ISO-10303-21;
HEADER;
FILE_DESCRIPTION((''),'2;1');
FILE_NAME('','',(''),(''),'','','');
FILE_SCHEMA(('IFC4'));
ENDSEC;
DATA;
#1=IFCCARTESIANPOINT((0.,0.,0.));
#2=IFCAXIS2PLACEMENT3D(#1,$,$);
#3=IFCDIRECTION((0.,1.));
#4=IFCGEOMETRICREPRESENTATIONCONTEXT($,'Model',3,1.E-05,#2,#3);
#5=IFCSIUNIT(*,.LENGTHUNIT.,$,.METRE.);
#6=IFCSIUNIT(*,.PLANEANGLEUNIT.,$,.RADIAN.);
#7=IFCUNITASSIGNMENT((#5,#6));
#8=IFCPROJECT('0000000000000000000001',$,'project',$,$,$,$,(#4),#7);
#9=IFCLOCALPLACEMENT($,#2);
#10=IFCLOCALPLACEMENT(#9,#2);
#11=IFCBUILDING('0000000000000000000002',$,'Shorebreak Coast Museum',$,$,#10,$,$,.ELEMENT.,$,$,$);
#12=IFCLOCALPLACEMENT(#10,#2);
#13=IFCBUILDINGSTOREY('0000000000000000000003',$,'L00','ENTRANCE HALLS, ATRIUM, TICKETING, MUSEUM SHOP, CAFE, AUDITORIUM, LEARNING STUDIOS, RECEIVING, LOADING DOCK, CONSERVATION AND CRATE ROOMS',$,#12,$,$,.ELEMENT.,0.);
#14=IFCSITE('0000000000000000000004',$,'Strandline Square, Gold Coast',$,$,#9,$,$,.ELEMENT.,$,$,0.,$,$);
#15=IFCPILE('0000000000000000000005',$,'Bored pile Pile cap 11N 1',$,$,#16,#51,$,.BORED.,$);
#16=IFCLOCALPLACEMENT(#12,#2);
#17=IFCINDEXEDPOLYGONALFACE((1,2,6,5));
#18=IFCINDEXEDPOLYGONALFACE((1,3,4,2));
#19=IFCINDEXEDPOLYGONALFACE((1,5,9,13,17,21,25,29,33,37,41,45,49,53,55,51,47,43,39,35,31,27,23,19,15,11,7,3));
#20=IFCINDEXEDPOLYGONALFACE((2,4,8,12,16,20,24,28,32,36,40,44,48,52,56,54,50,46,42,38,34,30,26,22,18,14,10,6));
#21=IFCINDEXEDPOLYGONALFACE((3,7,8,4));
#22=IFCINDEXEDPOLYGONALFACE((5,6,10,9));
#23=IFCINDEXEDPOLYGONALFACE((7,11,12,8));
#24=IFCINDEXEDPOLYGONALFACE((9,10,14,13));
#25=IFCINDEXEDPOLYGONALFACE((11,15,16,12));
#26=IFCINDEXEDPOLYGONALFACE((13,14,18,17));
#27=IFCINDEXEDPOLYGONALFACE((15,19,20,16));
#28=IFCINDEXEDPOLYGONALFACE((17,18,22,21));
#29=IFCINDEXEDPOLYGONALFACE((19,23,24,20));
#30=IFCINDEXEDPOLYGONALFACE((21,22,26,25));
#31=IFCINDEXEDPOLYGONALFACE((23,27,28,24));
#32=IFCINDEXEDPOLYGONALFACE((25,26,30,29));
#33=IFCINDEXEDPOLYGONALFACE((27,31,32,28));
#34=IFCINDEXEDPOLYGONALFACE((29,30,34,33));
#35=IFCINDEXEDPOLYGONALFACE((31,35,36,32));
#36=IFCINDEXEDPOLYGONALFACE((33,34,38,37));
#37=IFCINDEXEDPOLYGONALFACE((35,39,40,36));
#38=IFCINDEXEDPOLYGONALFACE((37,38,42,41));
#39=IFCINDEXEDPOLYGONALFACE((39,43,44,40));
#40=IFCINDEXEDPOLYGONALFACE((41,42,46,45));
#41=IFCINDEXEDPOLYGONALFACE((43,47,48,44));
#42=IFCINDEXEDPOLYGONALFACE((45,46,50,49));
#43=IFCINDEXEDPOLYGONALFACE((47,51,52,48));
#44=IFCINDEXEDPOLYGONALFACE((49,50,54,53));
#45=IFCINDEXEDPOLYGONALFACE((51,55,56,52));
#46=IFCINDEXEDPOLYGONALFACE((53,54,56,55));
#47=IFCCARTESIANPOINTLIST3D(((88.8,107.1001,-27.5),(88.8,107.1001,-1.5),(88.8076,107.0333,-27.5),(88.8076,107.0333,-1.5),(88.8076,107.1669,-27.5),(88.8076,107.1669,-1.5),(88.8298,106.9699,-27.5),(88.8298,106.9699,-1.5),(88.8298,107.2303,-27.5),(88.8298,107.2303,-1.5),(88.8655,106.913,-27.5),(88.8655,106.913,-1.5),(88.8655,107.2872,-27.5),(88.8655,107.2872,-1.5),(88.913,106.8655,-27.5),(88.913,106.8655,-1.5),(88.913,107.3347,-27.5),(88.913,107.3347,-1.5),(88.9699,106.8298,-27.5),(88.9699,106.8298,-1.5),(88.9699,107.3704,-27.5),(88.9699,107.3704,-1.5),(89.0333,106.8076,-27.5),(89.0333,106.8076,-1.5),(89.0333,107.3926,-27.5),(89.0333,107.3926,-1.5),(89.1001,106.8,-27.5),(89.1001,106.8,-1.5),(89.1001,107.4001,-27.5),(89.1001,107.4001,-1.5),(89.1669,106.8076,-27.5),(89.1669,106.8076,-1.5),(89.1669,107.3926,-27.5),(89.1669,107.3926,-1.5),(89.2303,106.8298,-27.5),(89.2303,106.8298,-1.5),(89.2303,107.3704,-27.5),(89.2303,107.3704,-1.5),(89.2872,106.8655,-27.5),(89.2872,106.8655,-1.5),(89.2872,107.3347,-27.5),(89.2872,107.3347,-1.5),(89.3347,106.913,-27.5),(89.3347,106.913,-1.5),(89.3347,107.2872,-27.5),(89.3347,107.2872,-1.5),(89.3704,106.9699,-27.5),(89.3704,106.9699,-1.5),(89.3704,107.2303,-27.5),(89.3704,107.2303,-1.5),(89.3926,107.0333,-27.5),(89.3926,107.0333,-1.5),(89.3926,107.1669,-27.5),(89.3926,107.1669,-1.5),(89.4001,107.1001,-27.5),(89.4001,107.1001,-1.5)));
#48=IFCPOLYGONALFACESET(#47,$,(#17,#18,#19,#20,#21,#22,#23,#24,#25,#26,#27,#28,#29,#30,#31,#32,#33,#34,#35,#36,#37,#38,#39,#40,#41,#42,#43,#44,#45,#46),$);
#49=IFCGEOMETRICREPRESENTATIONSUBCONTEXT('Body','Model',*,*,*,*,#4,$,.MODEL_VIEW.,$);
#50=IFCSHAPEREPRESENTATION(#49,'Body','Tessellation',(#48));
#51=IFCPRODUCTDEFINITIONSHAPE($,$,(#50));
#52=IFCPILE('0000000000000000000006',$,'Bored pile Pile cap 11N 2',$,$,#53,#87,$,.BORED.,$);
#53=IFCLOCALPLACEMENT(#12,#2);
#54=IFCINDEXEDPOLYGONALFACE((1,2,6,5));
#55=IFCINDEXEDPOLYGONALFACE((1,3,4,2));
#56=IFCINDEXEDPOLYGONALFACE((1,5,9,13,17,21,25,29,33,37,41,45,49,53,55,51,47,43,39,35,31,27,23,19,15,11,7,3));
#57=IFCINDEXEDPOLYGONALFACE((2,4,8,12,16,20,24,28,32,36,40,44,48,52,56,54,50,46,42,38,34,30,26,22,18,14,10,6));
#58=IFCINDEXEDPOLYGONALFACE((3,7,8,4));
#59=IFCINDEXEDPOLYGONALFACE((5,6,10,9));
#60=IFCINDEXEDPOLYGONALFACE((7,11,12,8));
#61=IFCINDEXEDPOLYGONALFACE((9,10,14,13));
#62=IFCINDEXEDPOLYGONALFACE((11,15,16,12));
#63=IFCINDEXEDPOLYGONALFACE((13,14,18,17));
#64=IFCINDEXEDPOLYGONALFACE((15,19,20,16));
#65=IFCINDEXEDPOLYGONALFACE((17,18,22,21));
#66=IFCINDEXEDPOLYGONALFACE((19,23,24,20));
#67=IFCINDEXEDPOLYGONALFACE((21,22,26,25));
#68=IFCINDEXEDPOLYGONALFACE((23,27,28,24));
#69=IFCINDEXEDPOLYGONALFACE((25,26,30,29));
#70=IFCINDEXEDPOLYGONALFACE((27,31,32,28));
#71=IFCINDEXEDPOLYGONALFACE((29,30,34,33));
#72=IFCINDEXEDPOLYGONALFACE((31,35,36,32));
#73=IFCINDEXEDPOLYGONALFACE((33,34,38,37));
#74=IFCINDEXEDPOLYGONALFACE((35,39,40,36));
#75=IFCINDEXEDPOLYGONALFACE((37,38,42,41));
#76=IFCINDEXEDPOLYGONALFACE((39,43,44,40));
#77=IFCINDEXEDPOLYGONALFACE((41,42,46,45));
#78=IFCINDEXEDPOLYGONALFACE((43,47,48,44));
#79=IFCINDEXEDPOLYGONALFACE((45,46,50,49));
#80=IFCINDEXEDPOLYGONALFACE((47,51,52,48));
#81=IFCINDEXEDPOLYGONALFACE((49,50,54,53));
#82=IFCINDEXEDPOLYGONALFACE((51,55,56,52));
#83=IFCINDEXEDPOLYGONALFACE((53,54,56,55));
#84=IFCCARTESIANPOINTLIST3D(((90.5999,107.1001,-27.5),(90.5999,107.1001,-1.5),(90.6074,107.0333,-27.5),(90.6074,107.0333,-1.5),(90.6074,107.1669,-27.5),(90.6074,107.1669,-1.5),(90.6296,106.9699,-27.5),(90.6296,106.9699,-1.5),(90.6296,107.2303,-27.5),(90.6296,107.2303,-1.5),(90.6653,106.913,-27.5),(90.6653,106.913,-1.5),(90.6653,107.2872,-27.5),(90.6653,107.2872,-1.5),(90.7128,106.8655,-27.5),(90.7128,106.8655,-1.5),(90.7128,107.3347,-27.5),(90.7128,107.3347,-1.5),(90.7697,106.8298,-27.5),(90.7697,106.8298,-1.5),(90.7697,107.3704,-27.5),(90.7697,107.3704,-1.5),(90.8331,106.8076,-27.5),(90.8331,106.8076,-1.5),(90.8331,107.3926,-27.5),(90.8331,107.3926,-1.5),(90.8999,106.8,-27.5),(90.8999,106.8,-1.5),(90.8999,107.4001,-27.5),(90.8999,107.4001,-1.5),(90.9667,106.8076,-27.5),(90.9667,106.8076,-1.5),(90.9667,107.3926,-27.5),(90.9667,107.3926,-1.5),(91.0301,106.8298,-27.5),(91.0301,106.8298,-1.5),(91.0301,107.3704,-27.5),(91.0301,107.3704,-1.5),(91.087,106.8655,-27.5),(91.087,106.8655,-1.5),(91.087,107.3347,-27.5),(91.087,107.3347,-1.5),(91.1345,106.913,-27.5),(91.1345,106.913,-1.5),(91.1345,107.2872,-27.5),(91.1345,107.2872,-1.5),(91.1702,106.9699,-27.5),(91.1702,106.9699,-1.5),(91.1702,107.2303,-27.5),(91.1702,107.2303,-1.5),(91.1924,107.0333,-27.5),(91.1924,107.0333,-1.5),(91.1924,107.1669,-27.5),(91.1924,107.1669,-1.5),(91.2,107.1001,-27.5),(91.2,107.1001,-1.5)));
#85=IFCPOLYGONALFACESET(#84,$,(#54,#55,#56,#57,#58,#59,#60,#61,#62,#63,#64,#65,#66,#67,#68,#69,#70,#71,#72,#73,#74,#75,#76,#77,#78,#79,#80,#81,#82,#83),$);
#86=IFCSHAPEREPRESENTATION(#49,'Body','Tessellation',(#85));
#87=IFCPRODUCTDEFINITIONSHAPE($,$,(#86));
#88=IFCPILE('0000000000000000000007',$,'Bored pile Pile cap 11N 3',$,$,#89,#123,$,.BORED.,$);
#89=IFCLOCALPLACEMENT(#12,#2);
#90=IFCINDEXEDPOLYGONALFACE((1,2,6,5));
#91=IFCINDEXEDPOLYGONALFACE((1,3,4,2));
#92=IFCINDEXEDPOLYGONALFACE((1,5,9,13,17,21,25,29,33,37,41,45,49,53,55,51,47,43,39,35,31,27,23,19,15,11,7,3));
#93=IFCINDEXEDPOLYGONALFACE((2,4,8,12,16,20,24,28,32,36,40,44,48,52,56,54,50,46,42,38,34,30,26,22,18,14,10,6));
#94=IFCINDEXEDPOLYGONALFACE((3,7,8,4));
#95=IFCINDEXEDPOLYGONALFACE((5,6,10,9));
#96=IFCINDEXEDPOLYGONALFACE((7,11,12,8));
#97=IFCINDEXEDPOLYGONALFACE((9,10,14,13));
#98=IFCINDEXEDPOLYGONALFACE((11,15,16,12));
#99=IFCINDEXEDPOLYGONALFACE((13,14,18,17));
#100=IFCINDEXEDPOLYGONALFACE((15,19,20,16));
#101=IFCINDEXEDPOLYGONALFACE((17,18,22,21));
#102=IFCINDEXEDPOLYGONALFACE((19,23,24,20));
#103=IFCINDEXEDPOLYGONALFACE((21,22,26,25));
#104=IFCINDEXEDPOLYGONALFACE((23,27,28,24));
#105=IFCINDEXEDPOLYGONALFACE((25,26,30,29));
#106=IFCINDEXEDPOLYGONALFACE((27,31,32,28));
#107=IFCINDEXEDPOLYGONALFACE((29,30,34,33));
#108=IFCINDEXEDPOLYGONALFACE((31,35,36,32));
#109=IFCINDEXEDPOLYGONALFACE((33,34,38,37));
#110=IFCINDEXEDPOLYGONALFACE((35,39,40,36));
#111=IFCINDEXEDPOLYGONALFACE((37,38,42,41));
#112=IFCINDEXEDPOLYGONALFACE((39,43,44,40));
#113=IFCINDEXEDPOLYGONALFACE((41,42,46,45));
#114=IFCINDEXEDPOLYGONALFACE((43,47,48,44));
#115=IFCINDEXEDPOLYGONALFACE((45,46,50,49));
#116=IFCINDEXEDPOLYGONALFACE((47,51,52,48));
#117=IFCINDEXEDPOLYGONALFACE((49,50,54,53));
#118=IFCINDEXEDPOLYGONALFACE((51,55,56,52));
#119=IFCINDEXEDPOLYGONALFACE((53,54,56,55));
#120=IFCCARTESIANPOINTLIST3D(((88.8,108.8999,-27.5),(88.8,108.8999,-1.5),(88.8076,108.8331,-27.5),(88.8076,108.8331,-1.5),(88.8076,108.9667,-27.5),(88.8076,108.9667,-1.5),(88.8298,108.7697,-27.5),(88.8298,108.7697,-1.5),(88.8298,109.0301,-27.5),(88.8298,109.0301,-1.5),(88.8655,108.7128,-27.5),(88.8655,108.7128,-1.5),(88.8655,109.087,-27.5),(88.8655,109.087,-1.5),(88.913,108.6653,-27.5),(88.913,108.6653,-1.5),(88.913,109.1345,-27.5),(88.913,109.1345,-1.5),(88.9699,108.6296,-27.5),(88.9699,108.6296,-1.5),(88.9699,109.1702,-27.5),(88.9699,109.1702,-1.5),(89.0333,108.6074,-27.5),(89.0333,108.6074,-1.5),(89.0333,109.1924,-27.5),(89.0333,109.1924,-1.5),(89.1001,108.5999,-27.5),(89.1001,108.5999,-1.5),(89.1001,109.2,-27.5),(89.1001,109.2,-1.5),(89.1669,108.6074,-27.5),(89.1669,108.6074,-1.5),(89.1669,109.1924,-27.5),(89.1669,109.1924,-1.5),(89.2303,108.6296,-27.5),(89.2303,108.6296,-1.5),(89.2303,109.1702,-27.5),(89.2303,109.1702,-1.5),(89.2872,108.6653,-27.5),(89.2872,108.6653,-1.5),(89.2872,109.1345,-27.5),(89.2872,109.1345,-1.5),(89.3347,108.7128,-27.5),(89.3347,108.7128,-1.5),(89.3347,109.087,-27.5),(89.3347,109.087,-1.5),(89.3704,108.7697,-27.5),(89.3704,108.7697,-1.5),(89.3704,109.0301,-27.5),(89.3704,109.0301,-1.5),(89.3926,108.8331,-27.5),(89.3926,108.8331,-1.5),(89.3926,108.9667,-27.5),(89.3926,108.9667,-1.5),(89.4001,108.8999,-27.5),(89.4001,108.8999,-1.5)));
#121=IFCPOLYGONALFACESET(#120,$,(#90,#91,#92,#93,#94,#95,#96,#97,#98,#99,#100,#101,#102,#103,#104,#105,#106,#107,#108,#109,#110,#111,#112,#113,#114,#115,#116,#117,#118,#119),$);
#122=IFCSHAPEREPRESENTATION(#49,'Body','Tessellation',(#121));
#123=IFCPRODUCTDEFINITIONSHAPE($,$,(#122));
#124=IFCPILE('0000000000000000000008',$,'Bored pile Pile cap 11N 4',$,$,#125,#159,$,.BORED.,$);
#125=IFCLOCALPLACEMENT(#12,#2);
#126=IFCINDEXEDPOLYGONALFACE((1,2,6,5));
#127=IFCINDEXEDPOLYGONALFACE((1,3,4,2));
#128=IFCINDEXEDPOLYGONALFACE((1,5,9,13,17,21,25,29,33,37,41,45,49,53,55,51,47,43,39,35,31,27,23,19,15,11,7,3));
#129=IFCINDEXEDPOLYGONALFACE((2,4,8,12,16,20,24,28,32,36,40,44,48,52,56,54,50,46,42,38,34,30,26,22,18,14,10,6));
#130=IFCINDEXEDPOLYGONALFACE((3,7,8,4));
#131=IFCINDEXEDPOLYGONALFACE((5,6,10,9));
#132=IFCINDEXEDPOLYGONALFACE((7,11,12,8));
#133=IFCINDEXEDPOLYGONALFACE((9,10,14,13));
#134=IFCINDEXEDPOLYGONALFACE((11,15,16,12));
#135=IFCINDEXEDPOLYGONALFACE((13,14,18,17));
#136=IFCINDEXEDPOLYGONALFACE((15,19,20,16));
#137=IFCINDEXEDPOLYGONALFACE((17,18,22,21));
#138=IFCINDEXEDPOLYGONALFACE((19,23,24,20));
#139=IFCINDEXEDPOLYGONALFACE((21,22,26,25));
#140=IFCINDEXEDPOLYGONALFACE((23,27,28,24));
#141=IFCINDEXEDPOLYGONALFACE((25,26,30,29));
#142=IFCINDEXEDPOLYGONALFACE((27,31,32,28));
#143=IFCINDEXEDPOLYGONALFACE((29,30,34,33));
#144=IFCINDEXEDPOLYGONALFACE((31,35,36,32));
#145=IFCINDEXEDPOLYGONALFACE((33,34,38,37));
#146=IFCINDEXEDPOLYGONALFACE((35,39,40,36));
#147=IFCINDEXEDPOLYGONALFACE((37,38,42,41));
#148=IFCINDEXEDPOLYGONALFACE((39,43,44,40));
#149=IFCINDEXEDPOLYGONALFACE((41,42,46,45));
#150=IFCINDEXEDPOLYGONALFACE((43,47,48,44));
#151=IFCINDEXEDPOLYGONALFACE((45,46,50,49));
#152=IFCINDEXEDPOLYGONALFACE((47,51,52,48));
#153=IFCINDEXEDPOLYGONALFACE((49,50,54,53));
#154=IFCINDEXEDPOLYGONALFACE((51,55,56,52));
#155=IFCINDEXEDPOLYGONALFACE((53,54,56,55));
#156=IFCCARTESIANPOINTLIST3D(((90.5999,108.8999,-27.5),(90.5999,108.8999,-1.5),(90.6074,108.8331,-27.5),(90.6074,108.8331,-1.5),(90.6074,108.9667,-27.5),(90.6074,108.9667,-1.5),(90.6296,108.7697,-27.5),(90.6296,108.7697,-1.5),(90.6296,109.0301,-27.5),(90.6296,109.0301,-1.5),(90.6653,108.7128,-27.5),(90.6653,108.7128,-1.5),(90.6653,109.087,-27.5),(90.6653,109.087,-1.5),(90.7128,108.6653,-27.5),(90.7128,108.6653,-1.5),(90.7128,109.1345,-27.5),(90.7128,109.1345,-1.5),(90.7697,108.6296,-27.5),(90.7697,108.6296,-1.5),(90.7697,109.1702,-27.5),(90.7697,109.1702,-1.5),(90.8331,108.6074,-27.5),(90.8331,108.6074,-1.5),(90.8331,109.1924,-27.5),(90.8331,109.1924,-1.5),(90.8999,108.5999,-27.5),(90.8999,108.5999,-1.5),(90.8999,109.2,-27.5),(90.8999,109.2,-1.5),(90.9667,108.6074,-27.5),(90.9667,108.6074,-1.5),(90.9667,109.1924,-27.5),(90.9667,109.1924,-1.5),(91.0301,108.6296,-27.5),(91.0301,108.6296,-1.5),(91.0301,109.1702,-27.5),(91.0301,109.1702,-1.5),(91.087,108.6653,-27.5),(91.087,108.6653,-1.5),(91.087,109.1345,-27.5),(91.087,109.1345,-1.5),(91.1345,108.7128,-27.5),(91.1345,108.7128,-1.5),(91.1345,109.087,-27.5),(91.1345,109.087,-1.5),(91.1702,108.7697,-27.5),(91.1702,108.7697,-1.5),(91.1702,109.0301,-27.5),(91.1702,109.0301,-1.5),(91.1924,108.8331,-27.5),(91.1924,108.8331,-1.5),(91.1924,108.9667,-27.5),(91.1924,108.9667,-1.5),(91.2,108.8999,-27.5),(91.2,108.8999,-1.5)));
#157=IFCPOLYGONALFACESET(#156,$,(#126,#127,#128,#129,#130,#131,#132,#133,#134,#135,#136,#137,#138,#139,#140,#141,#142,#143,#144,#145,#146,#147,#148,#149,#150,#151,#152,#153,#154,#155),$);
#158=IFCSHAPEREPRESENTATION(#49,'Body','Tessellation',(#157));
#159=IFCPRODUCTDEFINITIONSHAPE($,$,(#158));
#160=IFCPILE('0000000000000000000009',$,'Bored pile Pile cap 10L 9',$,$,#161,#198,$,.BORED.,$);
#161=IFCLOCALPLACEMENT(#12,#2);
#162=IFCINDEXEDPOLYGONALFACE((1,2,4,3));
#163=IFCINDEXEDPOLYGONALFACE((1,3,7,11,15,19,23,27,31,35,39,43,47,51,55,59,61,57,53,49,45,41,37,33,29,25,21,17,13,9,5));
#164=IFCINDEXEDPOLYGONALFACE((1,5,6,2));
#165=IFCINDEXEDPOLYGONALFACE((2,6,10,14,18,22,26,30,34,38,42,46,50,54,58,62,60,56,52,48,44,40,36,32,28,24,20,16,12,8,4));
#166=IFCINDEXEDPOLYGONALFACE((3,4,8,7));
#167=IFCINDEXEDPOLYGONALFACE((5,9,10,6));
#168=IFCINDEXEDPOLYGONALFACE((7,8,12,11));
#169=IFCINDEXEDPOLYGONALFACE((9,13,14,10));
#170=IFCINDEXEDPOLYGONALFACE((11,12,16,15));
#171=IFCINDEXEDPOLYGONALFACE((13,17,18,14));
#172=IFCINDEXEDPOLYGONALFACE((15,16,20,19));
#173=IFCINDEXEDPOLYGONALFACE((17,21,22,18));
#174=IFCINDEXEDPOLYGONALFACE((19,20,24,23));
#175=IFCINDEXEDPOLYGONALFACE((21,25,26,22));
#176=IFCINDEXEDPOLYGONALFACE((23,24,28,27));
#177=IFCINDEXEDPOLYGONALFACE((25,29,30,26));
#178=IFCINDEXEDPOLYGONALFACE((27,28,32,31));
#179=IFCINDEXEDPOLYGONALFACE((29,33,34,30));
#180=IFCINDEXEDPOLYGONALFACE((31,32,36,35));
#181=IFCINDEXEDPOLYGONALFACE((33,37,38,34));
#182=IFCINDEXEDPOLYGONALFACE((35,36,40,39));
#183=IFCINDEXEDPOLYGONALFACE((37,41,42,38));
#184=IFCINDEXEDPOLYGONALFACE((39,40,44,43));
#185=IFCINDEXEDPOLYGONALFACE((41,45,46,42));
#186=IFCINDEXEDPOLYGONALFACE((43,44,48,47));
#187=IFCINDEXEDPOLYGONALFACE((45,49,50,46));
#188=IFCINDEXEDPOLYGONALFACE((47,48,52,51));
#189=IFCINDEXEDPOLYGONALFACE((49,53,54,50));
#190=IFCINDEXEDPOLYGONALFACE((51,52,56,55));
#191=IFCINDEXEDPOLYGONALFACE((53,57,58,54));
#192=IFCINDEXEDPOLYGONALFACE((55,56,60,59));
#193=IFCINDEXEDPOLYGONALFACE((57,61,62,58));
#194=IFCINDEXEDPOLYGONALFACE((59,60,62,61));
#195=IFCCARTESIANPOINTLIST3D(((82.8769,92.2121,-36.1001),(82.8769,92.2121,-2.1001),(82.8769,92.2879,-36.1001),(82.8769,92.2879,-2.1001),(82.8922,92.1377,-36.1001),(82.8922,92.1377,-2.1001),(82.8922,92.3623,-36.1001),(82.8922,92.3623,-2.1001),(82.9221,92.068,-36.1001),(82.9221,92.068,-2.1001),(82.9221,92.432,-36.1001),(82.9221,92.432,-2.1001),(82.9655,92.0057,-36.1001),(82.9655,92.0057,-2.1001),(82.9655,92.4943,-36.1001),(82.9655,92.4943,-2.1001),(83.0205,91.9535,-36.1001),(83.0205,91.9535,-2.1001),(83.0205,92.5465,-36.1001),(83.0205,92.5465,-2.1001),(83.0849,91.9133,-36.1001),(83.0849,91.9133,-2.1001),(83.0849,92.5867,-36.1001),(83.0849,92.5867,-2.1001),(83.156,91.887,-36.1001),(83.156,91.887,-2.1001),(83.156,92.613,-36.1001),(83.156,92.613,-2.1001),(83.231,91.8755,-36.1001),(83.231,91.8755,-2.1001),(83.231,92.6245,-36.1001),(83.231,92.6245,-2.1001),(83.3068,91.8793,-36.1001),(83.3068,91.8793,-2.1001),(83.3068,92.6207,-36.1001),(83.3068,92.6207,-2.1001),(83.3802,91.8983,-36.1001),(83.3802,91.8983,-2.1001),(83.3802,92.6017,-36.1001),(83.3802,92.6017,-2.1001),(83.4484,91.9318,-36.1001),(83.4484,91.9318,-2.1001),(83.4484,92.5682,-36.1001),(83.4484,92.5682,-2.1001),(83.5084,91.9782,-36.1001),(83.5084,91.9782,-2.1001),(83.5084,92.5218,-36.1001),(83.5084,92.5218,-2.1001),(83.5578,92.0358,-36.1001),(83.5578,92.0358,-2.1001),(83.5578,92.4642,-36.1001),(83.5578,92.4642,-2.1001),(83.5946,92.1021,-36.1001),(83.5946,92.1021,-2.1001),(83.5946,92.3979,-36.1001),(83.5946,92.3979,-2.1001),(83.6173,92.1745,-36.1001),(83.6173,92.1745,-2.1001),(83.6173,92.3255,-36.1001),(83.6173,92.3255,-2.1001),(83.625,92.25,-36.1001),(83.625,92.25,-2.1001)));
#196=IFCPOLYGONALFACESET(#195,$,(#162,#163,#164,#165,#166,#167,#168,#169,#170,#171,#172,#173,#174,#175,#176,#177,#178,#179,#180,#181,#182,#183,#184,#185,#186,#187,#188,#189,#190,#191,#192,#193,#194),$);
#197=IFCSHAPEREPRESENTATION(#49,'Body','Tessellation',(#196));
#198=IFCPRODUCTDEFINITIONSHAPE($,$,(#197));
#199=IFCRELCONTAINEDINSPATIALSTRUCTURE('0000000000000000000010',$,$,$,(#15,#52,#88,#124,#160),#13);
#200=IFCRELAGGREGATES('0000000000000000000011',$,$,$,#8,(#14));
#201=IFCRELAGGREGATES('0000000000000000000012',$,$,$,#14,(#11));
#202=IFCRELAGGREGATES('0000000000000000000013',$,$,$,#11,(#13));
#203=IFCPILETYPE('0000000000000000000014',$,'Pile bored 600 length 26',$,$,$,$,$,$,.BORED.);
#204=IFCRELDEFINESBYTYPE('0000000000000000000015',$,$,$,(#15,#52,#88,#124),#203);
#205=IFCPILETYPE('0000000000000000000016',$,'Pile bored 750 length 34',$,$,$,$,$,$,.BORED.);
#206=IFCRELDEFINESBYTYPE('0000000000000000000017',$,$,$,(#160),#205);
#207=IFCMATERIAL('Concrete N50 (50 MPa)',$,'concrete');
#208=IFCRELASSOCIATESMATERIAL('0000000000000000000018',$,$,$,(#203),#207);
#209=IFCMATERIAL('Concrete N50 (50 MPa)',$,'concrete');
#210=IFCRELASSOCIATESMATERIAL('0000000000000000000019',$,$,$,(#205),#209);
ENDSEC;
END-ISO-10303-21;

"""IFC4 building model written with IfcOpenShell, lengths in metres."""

from ifc_helpers import new_model, si_unit, direction, frame, origin, origin_2d, place, context, subcontext, project, spatial, circle, extrude, material, material_profile, profile_set, type_object, element, save


model = new_model("IFC4")

# Units and contexts
model_context = context("Model", 3, precision=1e-05, world=origin(), true_north=direction((0.0, 1.0)))
body_context = subcontext(model_context, "Body", "Model", "MODEL_VIEW")
ifc_project = project(units=[si_unit("LENGTHUNIT", "METRE"), si_unit("PLANEANGLEUNIT", "RADIAN")], contexts=[model_context])

# Site, building, storey
site_placement = place(None, origin())
site = spatial("IfcSite", under=ifc_project, at=site_placement, Name="Strandline Square, Gold Coast", CompositionType="ELEMENT", RefElevation=0.0)
building_placement = place(site_placement, origin())
building = spatial("IfcBuilding", under=site, at=building_placement, Name="Shorebreak Coast Museum", CompositionType="ELEMENT")
storey_placement = place(building_placement, origin())
storey = spatial("IfcBuildingStorey", under=building, at=storey_placement, Name="L00", Description="ENTRANCE HALLS, ATRIUM, TICKETING, MUSEUM SHOP, CAFE, AUDITORIUM, LEARNING STUDIOS, RECEIVING, LOADING DOCK, CONSERVATION AND CRATE ROOMS", CompositionType="ELEMENT", Elevation=0.0)

# Piles
ifc_material_1 = material(Name="Concrete N50 (50 MPa)", Category="concrete")
ifc_material_profile_1 = material_profile(ifc_material_1, circle(Radius=0.3, at=origin_2d()), Name="Pile bored 600 length 26")
ifc_profile_set_1 = profile_set([ifc_material_profile_1], Name="Concrete N50 (50 MPa)")
pile_type_1 = type_object("IfcPileType", Name="Pile bored 600 length 26", PredefinedType="BORED", material=ifc_profile_set_1)
for number, where, z_axis, x_axis, name in (
    (1, (89.1001, 107.1001, -1.5), (0.0, 0.0, -1.0), (1.0, 0.0, 0.0), "Bored pile Pile cap 11N 1"),
    (2, (90.8999, 107.1001, -1.5), (0.0, 0.0, -1.0), (1.0, 0.0, 0.0), "Bored pile Pile cap 11N 2"),
    (3, (89.1001, 108.8999, -1.5), (0.0, 0.0, -1.0), (1.0, 0.0, 0.0), "Bored pile Pile cap 11N 3"),
    (4, (90.8999, 108.8999, -1.5), (0.0, 0.0, -1.0), (1.0, 0.0, 0.0), "Bored pile Pile cap 11N 4"),
):
    element("IfcPile", number, at=place(storey_placement, frame(where, z_axis=z_axis, x_axis=x_axis)), inside=storey, type_object=pile_type_1, Name=name, PredefinedType="BORED", context=body_context, shape_type="SweptSolid", body=[
        extrude(circle(Radius=0.3, at=origin_2d()), origin(), (0.0, 0.0, 1.0), 26.0),
    ])
ifc_material_2 = material(Name="Concrete N50 (50 MPa)", Category="concrete")
ifc_material_profile_2 = material_profile(ifc_material_2, circle(Radius=0.375, at=origin_2d()), Name="Pile bored 750 length 34")
ifc_profile_set_2 = profile_set([ifc_material_profile_2], Name="Concrete N50 (50 MPa)")
pile_type_2 = type_object("IfcPileType", Name="Pile bored 750 length 34", PredefinedType="BORED", material=ifc_profile_set_2)
for number, where, z_axis, x_axis, name in (
    (5, (83.25, 92.25, -2.1001), (0.0, 0.0, -1.0), (1.0, 0.0, 0.0), "Bored pile Pile cap 10L 9"),
):
    element("IfcPile", number, at=place(storey_placement, frame(where, z_axis=z_axis, x_axis=x_axis)), inside=storey, type_object=pile_type_2, Name=name, PredefinedType="BORED", context=body_context, shape_type="SweptSolid", body=[
        extrude(circle(Radius=0.375, at=origin_2d()), origin(), (0.0, 0.0, 1.0), 34.0),
    ])

save(model, "model.ifc")
